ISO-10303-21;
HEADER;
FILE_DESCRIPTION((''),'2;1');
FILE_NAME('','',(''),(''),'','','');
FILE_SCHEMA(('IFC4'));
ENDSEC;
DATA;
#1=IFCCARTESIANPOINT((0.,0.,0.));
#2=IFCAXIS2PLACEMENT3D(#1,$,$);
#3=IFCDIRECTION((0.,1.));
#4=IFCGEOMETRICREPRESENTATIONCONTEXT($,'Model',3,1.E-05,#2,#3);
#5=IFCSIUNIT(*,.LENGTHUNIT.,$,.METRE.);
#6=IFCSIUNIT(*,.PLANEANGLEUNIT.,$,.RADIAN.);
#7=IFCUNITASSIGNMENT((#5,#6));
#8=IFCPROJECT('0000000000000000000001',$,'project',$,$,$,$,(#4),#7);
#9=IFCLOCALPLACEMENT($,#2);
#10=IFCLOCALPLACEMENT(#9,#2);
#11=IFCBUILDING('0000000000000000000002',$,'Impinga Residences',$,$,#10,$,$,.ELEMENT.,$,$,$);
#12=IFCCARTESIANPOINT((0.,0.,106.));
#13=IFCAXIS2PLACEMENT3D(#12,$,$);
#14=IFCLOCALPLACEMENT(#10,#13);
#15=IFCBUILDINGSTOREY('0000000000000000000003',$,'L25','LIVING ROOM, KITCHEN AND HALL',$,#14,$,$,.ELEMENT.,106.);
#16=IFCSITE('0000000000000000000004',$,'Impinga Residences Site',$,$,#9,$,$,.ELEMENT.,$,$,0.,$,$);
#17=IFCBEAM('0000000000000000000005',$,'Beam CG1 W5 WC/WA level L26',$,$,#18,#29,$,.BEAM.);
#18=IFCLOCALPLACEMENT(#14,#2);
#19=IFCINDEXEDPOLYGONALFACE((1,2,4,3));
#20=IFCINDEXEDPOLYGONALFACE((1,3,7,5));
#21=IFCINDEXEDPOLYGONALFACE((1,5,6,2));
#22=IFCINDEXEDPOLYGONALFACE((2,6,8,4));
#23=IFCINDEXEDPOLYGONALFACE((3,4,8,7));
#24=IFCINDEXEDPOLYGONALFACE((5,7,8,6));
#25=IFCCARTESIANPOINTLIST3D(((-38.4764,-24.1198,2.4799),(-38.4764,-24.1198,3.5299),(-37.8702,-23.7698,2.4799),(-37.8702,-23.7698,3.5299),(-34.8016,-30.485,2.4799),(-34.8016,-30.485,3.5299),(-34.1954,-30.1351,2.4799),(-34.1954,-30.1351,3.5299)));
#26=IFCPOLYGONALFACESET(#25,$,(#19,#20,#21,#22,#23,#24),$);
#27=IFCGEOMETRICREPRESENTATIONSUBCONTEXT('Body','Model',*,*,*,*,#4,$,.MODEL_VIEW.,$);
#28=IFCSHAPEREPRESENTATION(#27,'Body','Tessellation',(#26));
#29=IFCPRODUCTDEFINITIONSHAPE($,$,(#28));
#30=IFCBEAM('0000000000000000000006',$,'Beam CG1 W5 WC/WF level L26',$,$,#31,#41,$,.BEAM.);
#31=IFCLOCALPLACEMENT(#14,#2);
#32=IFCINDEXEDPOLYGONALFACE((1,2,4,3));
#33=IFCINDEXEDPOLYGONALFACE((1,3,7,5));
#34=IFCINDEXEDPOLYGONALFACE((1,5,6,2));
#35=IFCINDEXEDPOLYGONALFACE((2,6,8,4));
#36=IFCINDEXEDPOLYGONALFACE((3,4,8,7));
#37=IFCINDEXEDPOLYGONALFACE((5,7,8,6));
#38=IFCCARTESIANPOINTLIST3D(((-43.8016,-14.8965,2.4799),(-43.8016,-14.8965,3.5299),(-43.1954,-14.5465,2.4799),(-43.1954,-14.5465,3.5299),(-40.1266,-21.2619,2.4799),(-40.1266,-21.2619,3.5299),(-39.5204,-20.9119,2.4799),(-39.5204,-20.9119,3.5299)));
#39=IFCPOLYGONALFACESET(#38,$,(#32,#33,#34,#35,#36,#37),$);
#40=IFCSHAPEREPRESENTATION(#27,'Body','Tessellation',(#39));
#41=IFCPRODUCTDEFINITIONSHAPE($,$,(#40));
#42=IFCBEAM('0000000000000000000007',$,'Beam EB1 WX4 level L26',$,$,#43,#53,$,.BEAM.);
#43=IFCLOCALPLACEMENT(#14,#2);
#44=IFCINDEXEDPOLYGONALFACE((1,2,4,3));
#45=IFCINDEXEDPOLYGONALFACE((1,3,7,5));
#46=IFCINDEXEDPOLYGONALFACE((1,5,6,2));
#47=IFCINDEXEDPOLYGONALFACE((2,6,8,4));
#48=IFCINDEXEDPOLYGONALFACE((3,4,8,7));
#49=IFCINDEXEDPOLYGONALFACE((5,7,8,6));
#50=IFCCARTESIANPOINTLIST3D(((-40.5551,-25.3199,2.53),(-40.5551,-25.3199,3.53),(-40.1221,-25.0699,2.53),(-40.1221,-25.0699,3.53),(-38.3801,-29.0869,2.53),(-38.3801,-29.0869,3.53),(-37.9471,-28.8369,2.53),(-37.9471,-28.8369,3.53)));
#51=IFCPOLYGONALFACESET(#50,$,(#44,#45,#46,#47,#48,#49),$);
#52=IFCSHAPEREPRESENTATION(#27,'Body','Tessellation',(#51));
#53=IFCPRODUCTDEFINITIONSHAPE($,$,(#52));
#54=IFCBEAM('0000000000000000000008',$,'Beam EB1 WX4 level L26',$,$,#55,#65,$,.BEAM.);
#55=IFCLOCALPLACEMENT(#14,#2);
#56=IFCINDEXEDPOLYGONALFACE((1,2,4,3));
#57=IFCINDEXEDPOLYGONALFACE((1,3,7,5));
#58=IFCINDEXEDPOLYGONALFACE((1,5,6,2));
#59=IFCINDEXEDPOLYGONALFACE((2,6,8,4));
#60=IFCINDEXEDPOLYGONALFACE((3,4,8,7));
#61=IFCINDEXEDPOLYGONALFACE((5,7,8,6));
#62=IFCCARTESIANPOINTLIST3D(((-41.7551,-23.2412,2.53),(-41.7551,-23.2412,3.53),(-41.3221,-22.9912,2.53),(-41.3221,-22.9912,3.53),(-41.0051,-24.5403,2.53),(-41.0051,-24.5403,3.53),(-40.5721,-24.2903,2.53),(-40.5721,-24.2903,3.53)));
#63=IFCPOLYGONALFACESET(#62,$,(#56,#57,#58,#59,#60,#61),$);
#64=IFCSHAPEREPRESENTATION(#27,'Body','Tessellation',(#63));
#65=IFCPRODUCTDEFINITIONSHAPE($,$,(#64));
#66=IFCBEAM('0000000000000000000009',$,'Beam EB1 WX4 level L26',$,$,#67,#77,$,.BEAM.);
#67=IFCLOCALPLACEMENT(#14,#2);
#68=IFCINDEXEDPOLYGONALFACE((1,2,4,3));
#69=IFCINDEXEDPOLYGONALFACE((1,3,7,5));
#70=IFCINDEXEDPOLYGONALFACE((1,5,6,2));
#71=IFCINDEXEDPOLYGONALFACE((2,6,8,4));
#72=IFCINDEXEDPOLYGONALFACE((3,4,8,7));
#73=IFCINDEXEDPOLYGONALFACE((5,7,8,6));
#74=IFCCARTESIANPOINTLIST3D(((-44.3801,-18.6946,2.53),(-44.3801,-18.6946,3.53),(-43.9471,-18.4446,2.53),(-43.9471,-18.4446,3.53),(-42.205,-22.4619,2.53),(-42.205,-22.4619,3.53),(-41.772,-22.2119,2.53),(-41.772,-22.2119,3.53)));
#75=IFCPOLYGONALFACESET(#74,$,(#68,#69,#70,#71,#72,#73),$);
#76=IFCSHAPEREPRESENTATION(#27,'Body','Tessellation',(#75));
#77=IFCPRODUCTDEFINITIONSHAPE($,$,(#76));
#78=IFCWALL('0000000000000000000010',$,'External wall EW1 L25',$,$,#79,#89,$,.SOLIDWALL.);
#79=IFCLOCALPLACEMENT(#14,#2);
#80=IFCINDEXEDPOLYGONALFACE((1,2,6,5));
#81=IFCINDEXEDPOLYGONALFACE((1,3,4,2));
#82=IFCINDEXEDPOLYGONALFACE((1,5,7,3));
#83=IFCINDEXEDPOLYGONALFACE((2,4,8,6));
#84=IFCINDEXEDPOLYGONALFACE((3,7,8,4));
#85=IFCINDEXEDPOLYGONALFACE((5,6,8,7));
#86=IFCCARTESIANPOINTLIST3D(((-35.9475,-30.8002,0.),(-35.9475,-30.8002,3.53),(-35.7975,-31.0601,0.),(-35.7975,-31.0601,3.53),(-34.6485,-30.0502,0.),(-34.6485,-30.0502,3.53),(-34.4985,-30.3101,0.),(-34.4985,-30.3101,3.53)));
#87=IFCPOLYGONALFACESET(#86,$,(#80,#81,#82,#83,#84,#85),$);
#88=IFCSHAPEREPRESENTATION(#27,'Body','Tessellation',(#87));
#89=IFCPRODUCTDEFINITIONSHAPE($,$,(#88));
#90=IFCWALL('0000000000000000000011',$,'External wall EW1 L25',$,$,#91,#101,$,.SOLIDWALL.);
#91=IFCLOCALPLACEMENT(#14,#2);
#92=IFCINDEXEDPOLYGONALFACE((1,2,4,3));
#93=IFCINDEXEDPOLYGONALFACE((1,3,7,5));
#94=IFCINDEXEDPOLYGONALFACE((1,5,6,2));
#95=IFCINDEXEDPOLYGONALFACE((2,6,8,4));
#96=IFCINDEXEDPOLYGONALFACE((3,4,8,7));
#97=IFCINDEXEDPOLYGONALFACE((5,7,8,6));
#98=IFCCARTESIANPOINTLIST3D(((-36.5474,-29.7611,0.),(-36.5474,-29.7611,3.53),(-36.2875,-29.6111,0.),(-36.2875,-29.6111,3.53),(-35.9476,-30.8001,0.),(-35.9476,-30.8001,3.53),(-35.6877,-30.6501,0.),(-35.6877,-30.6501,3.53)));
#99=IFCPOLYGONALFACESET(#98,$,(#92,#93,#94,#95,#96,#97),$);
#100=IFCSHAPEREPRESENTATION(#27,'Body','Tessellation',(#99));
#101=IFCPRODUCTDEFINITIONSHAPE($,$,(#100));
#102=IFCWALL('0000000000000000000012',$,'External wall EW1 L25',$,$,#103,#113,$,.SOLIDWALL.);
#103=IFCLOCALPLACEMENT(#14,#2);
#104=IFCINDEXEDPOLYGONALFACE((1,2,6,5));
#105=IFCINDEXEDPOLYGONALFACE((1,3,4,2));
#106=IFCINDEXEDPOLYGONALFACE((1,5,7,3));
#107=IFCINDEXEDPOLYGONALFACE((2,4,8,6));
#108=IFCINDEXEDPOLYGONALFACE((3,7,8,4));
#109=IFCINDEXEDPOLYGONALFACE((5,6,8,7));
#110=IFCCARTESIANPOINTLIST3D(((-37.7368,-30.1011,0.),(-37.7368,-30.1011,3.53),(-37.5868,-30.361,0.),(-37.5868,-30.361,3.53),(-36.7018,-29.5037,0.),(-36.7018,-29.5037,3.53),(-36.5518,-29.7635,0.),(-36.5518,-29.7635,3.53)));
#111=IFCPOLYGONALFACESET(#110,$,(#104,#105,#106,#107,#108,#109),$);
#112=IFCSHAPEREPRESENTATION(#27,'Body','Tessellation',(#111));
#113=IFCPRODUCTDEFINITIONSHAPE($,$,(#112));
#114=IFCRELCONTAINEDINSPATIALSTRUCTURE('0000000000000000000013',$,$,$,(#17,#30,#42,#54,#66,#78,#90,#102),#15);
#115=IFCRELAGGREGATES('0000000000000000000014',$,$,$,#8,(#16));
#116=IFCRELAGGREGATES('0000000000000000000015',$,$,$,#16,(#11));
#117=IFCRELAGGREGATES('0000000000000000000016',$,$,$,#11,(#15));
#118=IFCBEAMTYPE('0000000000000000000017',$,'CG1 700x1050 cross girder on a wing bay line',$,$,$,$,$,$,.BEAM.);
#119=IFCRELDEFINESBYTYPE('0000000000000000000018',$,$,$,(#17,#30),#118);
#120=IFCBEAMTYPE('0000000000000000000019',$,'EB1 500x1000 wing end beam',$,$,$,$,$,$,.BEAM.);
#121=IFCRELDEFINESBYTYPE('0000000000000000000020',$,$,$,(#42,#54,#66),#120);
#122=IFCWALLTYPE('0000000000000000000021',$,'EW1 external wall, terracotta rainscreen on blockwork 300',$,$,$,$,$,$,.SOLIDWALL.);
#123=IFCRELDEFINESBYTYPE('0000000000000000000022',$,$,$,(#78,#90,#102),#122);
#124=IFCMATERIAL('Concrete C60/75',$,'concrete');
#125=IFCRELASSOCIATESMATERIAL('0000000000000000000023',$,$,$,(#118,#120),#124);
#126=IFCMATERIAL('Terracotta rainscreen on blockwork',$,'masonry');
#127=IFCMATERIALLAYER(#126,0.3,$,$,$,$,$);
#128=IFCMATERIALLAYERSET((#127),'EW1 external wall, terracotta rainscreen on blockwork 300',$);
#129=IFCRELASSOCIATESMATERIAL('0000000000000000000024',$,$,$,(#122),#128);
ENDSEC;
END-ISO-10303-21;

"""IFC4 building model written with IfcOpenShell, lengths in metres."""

from ifc_helpers import new_model, si_unit, direction, frame, frame_2d, origin, origin_2d, place, context, subcontext, project, spatial, rectangle, extrude, material, layer, layer_set, material_profile, profile_set, type_object, element, save


model = new_model("IFC4")

# Units and contexts
model_context = context("Model", 3, precision=1e-05, world=origin(), true_north=direction((0.0, 1.0)))
body_context = subcontext(model_context, "Body", "Model", "MODEL_VIEW")
ifc_project = project(units=[si_unit("LENGTHUNIT", "METRE"), si_unit("PLANEANGLEUNIT", "RADIAN")], contexts=[model_context])

# Site, building, storey
site_placement = place(None, origin())
site = spatial("IfcSite", under=ifc_project, at=site_placement, Name="Impinga Residences Site", CompositionType="ELEMENT", RefElevation=0.0)
building_placement = place(site_placement, origin())
building = spatial("IfcBuilding", under=site, at=building_placement, Name="Impinga Residences", CompositionType="ELEMENT")
storey_placement = place(building_placement, frame((0.0, 0.0, 106.0)))
storey = spatial("IfcBuildingStorey", under=building, at=storey_placement, Name="L25", Description="LIVING ROOM, KITCHEN AND HALL", CompositionType="ELEMENT", Elevation=106.0)

# Beams
ifc_material_1 = material(Name="Concrete C60/75", Category="concrete")
ifc_material_profile_1 = material_profile(ifc_material_1, rectangle(XDim=0.7, YDim=1.05, at=origin_2d()), Name="RC 700x1050")
ifc_profile_set_1 = profile_set([ifc_material_profile_1], Name="Concrete C60/75")
beam_type_1 = type_object("IfcBeamType", Name="CG1 700x1050 cross girder on a wing bay line", PredefinedType="BEAM", material=ifc_profile_set_1)
beam_1_placement = place(storey_placement, frame((-38.1733, -23.9448, 3.0049), z_axis=(0.499983, -0.866035, 0.0), x_axis=(0.866035, 0.499983, 0.0)))
element("IfcBeam", 1, at=beam_1_placement, inside=storey, type_object=beam_type_1, Name="Beam CG1 W5 WC/WA level L26", PredefinedType="BEAM", context=body_context, shape_type="SweptSolid", body=[
    extrude(rectangle(XDim=0.7, YDim=1.05, at=origin_2d()), origin(), (0.0, 0.0, 1.0), 7.3499),
])
beam_2_placement = place(storey_placement, frame((-39.8235, -21.0869, 3.0049), z_axis=(-0.499994, 0.866029, 0.0), x_axis=(-0.866029, -0.499994, 0.0)))
element("IfcBeam", 2, at=beam_2_placement, inside=storey, type_object=beam_type_1, Name="Beam CG1 W5 WC/WF level L26", PredefinedType="BEAM", context=body_context, shape_type="SweptSolid", body=[
    extrude(rectangle(XDim=0.7, YDim=1.05, at=origin_2d()), origin(), (0.0, 0.0, 1.0), 7.3501),
])
ifc_material_profile_2 = material_profile(ifc_material_1, rectangle(XDim=0.5, YDim=1.0, at=origin_2d()), Name="RC 500x1000")
ifc_profile_set_2 = profile_set([ifc_material_profile_2], Name="Concrete C60/75")
beam_type_2 = type_object("IfcBeamType", Name="EB1 500x1000 wing end beam", PredefinedType="BEAM", material=ifc_profile_set_2)
beam_3_placement = place(storey_placement, frame((-38.1636, -28.9619, 3.03), z_axis=(-0.50002, 0.866014, 0.0), x_axis=(-0.866014, -0.50002, 0.0)))
element("IfcBeam", 3, at=beam_3_placement, inside=storey, type_object=beam_type_2, Name="Beam EB1 WX4 level L26", PredefinedType="BEAM", context=body_context, shape_type="SweptSolid", body=[
    extrude(rectangle(XDim=0.5, YDim=1.0, at=origin_2d()), origin(), (0.0, 0.0, 1.0), 4.3499),
])
beam_4_placement = place(storey_placement, frame((-40.7886, -24.4153, 3.03), z_axis=(-0.49999, 0.866031, 0.0), x_axis=(-0.866031, -0.49999, 0.0)))
element("IfcBeam", 4, at=beam_4_placement, inside=storey, type_object=beam_type_2, Name="Beam EB1 WX4 level L26", PredefinedType="BEAM", context=body_context, shape_type="SweptSolid", body=[
    extrude(rectangle(XDim=0.5, YDim=1.0, at=origin_2d()), origin(), (0.0, 0.0, 1.0), 1.5),
])
beam_5_placement = place(storey_placement, frame((-41.9885, -22.3369, 3.03), z_axis=(-0.499996, 0.866028, 0.0), x_axis=(-0.866028, -0.499996, 0.0)))
element("IfcBeam", 5, at=beam_5_placement, inside=storey, type_object=beam_type_2, Name="Beam EB1 WX4 level L26", PredefinedType="BEAM", context=body_context, shape_type="SweptSolid", body=[
    extrude(rectangle(XDim=0.5, YDim=1.0, at=origin_2d()), origin(), (0.0, 0.0, 1.0), 4.3501),
])

# Walls
ifc_material_2 = material(Name="Terracotta rainscreen on blockwork", Category="masonry")
ifc_layer_1 = layer(ifc_material_2, 0.3)
ifc_layer_set_1 = layer_set([ifc_layer_1], Name="EW1 external wall, terracotta rainscreen on blockwork 300")
wall_type_1 = type_object("IfcWallType", Name="EW1 external wall, terracotta rainscreen on blockwork 300", PredefinedType="SOLIDWALL", material=ifc_layer_set_1)
wall_1_placement = place(storey_placement, frame((-34.5735, -30.1802, 0.0), z_axis=(0.0, 0.0, 1.0), x_axis=(-0.866031, -0.49999, 0.0)))
element("IfcWall", 6, at=wall_1_placement, inside=storey, type_object=wall_type_1, Name="External wall EW1 L25", PredefinedType="SOLIDWALL", context=body_context, shape_type="SweptSolid", body=[
    extrude(rectangle(XDim=1.5, YDim=0.3, at=frame_2d((0.75, 0.0))), origin(), (0.0, 0.0, 1.0), 3.53),
])
wall_2_placement = place(storey_placement, frame((-35.8176, -30.7251, 0.0), z_axis=(0.0, 0.0, 1.0), x_axis=(-0.499969, 0.866043, 0.0)))
element("IfcWall", 7, at=wall_2_placement, inside=storey, type_object=wall_type_1, Name="External wall EW1 L25", PredefinedType="SOLIDWALL", context=body_context, shape_type="SweptSolid", body=[
    extrude(rectangle(XDim=1.1997, YDim=0.3, at=frame_2d((0.5999, 0.0))), origin(), (0.0, 0.0, 1.0), 3.53),
])
wall_3_placement = place(storey_placement, frame((-36.6267, -29.6335, 0.0), z_axis=(0.0, 0.0, 1.0), x_axis=(-0.86606, -0.499941, 0.0)))
element("IfcWall", 8, at=wall_3_placement, inside=storey, type_object=wall_type_1, Name="External wall EW1 L25", PredefinedType="SOLIDWALL", context=body_context, shape_type="SweptSolid", body=[
    extrude(rectangle(XDim=1.1951, YDim=0.3, at=frame_2d((0.5977, 0.0))), origin(), (0.0, 0.0, 1.0), 3.53),
])

save(model, "model.ifc")
